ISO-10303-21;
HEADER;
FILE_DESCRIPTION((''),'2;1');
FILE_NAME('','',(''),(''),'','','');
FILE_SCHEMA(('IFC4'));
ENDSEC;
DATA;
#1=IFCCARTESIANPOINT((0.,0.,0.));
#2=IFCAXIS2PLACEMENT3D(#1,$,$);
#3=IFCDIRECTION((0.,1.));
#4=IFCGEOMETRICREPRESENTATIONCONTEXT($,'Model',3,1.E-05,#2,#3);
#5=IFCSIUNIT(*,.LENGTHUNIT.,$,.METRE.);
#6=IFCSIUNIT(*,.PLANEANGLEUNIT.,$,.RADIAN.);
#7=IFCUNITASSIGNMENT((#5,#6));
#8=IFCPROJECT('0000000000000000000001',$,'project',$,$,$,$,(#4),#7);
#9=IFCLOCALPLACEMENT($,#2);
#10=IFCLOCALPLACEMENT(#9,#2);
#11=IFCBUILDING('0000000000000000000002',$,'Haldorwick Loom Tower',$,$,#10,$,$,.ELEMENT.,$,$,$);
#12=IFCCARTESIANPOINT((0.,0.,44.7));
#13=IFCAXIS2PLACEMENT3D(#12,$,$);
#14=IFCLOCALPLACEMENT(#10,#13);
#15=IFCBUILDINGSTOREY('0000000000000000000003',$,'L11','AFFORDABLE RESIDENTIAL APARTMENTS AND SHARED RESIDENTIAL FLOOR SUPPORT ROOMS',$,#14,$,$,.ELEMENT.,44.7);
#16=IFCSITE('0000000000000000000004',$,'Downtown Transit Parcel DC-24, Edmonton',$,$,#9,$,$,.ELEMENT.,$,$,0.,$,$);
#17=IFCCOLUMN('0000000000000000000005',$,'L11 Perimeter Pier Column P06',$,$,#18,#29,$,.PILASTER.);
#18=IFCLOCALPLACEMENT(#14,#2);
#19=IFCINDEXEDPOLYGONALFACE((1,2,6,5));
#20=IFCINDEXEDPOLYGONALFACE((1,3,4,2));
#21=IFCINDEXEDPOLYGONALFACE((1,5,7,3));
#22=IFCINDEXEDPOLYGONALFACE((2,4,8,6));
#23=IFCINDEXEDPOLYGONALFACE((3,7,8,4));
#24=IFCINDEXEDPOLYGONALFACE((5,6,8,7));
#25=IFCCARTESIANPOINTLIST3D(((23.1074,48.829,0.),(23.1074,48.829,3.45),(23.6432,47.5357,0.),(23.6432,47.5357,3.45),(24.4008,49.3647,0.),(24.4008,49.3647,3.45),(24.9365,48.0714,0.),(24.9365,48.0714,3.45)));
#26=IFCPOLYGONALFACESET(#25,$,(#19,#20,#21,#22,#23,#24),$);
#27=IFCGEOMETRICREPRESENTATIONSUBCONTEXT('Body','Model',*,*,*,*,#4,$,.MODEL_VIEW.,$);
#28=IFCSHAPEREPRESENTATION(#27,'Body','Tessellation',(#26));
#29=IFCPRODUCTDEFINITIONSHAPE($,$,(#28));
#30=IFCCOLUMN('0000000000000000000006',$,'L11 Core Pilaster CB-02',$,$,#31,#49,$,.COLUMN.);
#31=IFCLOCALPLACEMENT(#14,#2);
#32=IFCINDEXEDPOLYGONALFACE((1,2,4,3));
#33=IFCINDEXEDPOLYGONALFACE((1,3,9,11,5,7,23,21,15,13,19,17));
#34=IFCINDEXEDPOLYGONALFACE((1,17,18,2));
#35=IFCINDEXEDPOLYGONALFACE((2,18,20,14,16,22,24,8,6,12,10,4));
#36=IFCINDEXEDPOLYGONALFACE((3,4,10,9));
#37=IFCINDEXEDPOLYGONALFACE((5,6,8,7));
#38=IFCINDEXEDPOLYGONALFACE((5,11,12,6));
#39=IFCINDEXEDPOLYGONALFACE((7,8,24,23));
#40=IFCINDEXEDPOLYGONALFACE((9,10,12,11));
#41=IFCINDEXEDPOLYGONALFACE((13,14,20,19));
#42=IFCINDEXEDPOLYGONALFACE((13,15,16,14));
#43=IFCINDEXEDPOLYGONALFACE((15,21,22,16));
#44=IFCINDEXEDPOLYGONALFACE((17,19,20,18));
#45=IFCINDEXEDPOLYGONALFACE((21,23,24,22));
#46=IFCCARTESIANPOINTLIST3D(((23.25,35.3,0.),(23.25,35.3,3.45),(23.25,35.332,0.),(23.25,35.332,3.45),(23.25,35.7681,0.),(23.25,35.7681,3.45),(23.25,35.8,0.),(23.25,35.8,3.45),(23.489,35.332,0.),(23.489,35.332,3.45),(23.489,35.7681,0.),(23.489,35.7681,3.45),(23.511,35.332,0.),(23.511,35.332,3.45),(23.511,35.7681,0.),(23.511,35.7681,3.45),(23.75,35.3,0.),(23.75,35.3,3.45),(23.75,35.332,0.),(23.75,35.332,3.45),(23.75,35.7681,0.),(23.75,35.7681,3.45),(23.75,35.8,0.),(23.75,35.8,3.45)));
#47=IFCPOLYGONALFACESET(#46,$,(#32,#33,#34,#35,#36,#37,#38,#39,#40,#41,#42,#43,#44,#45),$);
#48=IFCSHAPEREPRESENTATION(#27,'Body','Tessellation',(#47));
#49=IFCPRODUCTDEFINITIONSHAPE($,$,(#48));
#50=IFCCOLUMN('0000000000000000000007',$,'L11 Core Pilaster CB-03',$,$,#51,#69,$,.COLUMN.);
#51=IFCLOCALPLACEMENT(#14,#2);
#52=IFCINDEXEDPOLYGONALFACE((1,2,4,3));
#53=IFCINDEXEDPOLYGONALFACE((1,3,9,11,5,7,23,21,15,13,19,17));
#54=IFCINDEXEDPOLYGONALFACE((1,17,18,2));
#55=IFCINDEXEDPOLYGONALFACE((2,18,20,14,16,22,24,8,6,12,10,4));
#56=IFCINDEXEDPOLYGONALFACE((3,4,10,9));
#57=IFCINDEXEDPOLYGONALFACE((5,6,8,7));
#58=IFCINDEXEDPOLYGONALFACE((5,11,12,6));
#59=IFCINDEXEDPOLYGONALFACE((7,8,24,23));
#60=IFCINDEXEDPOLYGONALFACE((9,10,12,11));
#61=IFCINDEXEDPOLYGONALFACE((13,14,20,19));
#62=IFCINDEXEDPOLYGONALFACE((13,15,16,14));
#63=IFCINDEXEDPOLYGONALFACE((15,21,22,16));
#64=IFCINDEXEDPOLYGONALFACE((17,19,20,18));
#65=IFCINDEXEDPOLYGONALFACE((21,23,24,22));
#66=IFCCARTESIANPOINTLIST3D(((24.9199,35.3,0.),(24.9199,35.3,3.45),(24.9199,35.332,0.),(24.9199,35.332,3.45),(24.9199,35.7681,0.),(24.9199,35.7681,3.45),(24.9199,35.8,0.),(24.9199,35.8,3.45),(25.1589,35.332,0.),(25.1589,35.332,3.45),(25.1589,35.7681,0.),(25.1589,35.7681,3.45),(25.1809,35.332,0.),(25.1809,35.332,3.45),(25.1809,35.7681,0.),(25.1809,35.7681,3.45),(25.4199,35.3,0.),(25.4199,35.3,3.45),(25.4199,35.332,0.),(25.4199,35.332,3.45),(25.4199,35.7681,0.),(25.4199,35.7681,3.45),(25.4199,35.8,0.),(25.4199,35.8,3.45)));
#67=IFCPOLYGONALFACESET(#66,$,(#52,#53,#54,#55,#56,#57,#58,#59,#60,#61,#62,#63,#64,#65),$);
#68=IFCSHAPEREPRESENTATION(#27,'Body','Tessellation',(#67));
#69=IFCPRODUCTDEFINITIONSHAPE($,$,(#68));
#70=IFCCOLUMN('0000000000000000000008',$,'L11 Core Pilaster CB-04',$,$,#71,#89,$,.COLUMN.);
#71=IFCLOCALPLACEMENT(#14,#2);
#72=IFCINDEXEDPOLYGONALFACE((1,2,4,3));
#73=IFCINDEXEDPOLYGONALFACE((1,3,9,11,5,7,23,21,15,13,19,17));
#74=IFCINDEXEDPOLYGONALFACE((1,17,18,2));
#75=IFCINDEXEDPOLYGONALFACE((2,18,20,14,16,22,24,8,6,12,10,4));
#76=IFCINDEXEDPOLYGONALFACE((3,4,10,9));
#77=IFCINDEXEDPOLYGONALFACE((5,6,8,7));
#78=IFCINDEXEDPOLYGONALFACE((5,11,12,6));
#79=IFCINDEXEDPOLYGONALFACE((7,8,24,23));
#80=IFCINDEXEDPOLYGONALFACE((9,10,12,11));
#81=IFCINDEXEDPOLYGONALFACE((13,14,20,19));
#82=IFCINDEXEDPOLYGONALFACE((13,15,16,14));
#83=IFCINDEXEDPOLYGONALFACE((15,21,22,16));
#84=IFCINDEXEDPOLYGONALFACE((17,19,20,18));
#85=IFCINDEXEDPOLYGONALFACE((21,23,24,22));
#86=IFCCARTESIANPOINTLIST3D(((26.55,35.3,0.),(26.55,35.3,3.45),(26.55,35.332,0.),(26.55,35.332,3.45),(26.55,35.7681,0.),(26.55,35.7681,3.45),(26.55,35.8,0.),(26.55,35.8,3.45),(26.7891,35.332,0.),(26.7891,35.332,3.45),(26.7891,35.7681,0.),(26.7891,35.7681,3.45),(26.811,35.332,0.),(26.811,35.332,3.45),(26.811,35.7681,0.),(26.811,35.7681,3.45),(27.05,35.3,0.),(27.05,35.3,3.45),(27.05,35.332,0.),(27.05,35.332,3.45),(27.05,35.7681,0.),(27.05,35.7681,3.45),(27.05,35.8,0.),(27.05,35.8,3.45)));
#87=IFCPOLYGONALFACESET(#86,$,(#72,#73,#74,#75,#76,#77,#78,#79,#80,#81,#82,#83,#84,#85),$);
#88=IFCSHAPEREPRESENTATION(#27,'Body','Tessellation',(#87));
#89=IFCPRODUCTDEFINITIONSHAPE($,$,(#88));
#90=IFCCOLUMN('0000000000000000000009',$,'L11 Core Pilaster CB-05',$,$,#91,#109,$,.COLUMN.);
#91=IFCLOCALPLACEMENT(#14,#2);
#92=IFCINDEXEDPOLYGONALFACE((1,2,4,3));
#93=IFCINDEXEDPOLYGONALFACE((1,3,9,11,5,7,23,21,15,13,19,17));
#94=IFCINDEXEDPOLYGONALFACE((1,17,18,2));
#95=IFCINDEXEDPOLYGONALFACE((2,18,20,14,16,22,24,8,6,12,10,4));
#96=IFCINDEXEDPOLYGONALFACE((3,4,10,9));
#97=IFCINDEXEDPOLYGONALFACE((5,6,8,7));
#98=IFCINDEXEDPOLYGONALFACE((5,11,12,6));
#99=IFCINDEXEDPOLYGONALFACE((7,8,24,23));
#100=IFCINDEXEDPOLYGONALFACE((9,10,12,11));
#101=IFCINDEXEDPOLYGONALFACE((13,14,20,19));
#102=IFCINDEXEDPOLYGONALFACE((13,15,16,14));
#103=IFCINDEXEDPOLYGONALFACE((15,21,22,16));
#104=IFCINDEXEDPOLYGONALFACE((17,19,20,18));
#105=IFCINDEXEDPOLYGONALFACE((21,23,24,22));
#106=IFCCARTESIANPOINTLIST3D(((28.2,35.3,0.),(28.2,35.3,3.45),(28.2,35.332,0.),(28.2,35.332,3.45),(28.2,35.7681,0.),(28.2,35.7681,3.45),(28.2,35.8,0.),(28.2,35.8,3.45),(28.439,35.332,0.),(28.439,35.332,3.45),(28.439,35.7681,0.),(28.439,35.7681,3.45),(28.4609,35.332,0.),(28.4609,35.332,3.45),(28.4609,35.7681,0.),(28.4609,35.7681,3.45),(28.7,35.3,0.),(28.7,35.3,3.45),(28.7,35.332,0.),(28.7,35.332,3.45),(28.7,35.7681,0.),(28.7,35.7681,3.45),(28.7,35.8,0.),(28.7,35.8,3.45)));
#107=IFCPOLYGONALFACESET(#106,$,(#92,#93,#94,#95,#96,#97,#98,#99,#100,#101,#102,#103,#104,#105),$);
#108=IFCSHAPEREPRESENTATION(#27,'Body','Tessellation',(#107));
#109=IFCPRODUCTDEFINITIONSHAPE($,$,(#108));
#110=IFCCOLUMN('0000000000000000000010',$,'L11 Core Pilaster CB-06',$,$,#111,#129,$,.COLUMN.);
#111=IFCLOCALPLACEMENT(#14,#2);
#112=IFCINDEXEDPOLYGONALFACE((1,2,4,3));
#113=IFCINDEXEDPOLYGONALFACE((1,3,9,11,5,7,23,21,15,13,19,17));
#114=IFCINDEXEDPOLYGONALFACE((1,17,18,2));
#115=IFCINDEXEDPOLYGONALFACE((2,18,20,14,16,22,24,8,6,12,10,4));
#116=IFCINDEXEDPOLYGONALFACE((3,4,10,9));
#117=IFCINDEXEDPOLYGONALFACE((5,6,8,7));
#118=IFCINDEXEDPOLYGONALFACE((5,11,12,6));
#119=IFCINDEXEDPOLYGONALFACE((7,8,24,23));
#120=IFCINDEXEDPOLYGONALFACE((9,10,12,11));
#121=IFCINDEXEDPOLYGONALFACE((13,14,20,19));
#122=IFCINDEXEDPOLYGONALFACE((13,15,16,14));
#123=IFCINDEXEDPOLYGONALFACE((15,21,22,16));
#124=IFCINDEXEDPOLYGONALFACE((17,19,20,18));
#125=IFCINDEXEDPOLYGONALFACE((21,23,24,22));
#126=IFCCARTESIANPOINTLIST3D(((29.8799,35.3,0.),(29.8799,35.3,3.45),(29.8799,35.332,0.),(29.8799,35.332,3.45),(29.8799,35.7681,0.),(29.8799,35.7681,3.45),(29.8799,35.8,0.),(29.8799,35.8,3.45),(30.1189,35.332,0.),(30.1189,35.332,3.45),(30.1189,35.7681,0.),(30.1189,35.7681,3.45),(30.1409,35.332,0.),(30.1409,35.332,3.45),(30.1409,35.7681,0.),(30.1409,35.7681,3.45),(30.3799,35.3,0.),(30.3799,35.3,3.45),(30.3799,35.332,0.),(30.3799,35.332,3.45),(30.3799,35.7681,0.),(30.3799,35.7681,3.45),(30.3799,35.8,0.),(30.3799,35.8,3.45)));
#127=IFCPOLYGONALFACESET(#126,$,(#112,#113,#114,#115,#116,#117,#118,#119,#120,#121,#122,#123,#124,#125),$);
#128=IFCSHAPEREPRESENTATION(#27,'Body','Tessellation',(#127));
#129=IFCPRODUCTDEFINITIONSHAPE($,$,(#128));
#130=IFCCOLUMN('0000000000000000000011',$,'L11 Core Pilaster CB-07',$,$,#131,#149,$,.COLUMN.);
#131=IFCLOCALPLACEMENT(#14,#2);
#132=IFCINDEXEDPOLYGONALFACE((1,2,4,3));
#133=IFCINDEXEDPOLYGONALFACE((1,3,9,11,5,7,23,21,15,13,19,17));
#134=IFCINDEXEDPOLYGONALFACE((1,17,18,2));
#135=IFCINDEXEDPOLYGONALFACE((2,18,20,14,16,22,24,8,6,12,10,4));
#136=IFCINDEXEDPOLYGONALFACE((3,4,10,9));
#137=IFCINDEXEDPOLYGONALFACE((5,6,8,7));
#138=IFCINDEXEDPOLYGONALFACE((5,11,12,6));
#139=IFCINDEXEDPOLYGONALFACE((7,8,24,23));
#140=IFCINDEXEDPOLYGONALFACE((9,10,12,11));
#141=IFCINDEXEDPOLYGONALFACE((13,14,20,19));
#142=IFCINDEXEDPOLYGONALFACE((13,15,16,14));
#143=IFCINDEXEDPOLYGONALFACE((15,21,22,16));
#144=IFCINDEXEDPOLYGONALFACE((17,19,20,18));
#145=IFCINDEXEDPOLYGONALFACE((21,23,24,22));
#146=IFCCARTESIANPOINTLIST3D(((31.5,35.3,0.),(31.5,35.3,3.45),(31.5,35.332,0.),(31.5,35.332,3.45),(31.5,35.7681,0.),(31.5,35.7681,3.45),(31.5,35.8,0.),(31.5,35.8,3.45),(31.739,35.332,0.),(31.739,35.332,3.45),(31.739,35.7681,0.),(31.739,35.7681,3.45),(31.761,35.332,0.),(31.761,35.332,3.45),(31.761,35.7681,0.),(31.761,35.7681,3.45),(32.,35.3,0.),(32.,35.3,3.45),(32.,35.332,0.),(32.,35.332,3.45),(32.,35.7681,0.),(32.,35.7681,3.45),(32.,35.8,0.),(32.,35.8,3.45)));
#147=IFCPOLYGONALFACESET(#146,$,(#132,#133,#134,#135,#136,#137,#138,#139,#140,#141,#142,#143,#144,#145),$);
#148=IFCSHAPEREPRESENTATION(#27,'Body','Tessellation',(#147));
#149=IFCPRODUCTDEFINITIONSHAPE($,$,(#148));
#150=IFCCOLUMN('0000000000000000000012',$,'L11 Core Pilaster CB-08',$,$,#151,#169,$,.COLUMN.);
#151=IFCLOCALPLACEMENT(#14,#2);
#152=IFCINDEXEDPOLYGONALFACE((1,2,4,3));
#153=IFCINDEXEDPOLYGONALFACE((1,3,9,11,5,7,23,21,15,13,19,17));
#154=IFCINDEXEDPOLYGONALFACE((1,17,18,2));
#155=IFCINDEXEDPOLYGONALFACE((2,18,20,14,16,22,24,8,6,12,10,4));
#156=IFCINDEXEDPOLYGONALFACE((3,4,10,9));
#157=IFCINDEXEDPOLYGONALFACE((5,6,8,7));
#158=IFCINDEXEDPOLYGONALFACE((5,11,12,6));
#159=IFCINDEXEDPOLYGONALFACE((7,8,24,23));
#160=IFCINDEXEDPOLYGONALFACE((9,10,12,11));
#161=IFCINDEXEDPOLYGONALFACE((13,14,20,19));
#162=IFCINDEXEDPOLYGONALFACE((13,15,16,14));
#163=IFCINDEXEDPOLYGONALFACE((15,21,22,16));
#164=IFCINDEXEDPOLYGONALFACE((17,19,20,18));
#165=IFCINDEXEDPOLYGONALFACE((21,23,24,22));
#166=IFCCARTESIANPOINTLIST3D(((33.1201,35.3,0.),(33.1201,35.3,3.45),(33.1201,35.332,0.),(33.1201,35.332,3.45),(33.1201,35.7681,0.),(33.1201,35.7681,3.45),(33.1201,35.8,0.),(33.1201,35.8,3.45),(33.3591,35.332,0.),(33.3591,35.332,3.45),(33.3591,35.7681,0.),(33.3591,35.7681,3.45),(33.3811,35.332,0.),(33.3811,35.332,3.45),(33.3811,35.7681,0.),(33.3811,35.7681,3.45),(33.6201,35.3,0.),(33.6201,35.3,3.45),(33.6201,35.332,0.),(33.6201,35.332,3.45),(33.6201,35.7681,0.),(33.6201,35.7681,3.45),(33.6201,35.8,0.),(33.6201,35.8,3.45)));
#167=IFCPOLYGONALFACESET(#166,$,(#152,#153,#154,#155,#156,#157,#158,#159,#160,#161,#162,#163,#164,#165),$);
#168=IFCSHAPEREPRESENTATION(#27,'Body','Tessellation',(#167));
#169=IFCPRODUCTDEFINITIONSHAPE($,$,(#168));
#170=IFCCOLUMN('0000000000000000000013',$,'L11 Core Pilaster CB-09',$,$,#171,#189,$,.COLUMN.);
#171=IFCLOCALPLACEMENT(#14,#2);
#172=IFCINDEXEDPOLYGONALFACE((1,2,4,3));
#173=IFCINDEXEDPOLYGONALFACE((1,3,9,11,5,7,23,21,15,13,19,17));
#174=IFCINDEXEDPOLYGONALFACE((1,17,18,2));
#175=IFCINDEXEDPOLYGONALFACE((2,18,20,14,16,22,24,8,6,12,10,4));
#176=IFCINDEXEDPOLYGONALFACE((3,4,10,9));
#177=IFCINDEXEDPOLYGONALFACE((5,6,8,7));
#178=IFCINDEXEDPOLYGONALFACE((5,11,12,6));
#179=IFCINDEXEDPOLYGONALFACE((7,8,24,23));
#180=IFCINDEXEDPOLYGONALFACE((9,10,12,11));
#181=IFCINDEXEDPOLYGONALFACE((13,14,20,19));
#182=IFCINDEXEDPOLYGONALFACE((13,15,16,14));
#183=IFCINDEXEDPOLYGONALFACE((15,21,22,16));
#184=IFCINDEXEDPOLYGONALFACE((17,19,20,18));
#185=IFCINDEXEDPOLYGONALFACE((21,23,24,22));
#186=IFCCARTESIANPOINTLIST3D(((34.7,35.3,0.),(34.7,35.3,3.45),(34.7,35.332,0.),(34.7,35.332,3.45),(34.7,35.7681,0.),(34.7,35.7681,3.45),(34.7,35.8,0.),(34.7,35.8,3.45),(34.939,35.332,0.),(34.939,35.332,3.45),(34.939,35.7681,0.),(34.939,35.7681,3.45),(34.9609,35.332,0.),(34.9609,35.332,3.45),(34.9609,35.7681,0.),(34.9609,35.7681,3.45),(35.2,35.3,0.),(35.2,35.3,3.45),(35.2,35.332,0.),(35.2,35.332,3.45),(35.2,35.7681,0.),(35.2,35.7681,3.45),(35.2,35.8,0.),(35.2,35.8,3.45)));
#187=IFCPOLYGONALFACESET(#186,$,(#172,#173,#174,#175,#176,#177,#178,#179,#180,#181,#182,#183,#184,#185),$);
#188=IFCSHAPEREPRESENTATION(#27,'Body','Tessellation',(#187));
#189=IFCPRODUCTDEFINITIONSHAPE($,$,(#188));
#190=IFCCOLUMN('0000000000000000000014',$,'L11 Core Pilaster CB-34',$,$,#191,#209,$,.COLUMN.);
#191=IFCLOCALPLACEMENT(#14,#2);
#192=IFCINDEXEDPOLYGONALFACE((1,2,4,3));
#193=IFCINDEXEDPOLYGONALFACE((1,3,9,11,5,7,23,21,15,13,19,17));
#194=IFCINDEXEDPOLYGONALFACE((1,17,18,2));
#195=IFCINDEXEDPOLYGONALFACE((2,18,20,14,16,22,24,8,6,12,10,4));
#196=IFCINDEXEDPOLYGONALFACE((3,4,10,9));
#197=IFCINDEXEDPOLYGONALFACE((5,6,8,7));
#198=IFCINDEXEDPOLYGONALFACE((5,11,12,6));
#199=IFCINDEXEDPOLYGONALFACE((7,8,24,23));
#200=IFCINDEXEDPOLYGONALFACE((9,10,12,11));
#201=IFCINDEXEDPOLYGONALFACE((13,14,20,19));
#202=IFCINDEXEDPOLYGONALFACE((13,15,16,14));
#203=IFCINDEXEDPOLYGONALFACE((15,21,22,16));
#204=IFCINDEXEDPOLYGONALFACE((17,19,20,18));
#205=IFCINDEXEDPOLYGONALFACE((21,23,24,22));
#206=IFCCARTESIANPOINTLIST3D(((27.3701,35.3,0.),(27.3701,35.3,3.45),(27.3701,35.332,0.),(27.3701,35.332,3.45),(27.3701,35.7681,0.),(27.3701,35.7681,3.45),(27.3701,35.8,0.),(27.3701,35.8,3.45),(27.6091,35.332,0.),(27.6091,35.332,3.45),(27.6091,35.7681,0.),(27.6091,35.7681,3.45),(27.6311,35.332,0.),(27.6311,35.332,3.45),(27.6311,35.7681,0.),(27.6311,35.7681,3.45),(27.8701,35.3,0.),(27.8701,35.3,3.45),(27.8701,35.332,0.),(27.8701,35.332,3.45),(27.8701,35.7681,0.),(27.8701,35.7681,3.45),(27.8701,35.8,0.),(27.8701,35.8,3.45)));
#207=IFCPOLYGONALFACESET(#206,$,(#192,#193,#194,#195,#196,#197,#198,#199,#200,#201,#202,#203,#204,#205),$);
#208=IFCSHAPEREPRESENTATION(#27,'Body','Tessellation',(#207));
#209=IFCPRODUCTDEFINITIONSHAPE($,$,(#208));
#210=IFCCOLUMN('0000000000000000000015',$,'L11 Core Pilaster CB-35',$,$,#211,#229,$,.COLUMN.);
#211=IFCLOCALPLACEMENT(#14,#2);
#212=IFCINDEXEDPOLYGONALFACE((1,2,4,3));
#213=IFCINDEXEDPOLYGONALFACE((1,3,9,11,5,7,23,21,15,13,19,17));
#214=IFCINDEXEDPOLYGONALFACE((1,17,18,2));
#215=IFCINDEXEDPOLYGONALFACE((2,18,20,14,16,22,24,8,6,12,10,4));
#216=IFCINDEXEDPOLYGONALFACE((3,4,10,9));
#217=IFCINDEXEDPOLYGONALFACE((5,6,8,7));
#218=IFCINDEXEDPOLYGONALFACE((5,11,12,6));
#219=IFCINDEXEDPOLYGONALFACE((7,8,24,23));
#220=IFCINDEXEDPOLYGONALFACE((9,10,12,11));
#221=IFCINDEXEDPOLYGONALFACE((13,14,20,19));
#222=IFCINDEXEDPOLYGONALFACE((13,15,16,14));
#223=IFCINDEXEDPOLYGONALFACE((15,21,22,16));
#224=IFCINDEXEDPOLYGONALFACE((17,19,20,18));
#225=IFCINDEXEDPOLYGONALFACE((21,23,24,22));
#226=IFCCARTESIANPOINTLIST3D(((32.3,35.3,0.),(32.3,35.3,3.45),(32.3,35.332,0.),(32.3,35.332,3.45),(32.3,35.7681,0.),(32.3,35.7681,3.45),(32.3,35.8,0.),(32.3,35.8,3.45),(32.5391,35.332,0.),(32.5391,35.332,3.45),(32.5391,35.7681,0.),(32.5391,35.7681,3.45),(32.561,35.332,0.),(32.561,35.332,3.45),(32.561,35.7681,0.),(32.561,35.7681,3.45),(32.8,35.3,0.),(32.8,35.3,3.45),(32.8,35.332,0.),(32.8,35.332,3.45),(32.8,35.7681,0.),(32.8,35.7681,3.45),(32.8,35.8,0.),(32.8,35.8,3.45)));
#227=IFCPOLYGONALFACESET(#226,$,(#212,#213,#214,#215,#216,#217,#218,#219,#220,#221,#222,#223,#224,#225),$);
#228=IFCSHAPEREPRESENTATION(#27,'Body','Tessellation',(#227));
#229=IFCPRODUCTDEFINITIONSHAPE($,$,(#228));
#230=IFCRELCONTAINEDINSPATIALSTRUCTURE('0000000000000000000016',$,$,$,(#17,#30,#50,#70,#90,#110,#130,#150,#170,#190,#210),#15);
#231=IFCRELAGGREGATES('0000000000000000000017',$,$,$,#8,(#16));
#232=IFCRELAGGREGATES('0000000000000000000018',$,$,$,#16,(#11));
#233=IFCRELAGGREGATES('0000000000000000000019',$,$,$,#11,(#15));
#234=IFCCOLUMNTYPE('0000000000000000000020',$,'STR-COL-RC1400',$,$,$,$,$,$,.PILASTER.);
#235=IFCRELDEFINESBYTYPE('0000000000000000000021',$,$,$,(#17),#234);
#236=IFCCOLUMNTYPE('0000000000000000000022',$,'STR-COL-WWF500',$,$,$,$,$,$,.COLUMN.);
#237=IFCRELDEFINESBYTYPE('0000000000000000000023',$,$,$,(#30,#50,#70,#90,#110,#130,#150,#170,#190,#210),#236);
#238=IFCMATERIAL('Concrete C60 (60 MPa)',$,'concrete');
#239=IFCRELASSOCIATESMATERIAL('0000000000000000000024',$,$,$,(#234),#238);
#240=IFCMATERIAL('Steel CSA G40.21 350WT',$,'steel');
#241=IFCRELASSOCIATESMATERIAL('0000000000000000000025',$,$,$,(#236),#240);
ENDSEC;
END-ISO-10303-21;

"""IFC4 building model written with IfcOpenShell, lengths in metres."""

from ifc_helpers import new_model, si_unit, direction, frame, origin, origin_2d, place, context, subcontext, project, spatial, rectangle, i_section, extrude, material, material_profile, profile_set, type_object, element, save


model = new_model("IFC4")

# Units and contexts
model_context = context("Model", 3, precision=1e-05, world=origin(), true_north=direction((0.0, 1.0)))
body_context = subcontext(model_context, "Body", "Model", "MODEL_VIEW")
ifc_project = project(units=[si_unit("LENGTHUNIT", "METRE"), si_unit("PLANEANGLEUNIT", "RADIAN")], contexts=[model_context])

# Site, building, storey
site_placement = place(None, origin())
site = spatial("IfcSite", under=ifc_project, at=site_placement, Name="Downtown Transit Parcel DC-24, Edmonton", CompositionType="ELEMENT", RefElevation=0.0)
building_placement = place(site_placement, origin())
building = spatial("IfcBuilding", under=site, at=building_placement, Name="Haldorwick Loom Tower", CompositionType="ELEMENT")
storey_placement = place(building_placement, frame((0.0, 0.0, 44.7)))
storey = spatial("IfcBuildingStorey", under=building, at=storey_placement, Name="L11", Description="AFFORDABLE RESIDENTIAL APARTMENTS AND SHARED RESIDENTIAL FLOOR SUPPORT ROOMS", CompositionType="ELEMENT", Elevation=44.7)

# Columns
ifc_material_1 = material(Name="Concrete C60 (60 MPa)", Category="concrete")
ifc_material_profile_1 = material_profile(ifc_material_1, rectangle(XDim=1.3999, YDim=1.3999, at=origin_2d()), Name="RC1400X1400", Category="concrete")
ifc_profile_set_1 = profile_set([ifc_material_profile_1], Name="Concrete C60 (60 MPa)")
column_type_1 = type_object("IfcColumnType", Name="STR-COL-RC1400", PredefinedType="PILASTER", material=ifc_profile_set_1)
column_placement = place(storey_placement, frame((24.022, 48.4502, 0.0), z_axis=(0.0, 0.0, 1.0), x_axis=(-0.382683, 0.92388, 0.0)))
element("IfcColumn", 1, at=column_placement, inside=storey, type_object=column_type_1, Name="L11 Perimeter Pier Column P06", PredefinedType="PILASTER", context=body_context, shape_type="SweptSolid", body=[
    extrude(rectangle(XDim=1.3999, YDim=1.3999, at=origin_2d()), origin(), (0.0, 0.0, 1.0), 3.45),
])
ifc_material_2 = material(Name="Steel CSA G40.21 350WT", Category="steel")
ifc_material_profile_2 = material_profile(ifc_material_2, i_section(OverallWidth=0.5, OverallDepth=0.5, WebThickness=0.022, FlangeThickness=0.032, at=origin_2d()), Name="WWF500X500", Category="steel")
ifc_profile_set_2 = profile_set([ifc_material_profile_2], Name="Steel CSA G40.21 350WT")
column_type_2 = type_object("IfcColumnType", Name="STR-COL-WWF500", PredefinedType="COLUMN", material=ifc_profile_set_2)
for number, where, z_axis, x_axis, name in (
    (2, (23.5, 35.55, 0.0), (0.0, 0.0, 1.0), (1.0, 0.0, 0.0), "L11 Core Pilaster CB-02"),
    (3, (25.1699, 35.55, 0.0), (0.0, 0.0, 1.0), (1.0, 0.0, 0.0), "L11 Core Pilaster CB-03"),
    (4, (26.8, 35.55, 0.0), (0.0, 0.0, 1.0), (1.0, 0.0, 0.0), "L11 Core Pilaster CB-04"),
    (5, (28.45, 35.55, 0.0), (0.0, 0.0, 1.0), (1.0, 0.0, 0.0), "L11 Core Pilaster CB-05"),
    (6, (30.1299, 35.55, 0.0), (0.0, 0.0, 1.0), (1.0, 0.0, 0.0), "L11 Core Pilaster CB-06"),
    (7, (31.75, 35.55, 0.0), (0.0, 0.0, 1.0), (1.0, 0.0, 0.0), "L11 Core Pilaster CB-07"),
    (8, (33.3701, 35.55, 0.0), (0.0, 0.0, 1.0), (1.0, 0.0, 0.0), "L11 Core Pilaster CB-08"),
    (9, (34.95, 35.55, 0.0), (0.0, 0.0, 1.0), (1.0, 0.0, 0.0), "L11 Core Pilaster CB-09"),
    (10, (27.6201, 35.55, 0.0), (0.0, 0.0, 1.0), (1.0, 0.0, 0.0), "L11 Core Pilaster CB-34"),
    (11, (32.55, 35.55, 0.0), (0.0, 0.0, 1.0), (1.0, 0.0, 0.0), "L11 Core Pilaster CB-35"),
):
    element("IfcColumn", number, at=place(storey_placement, frame(where, z_axis=z_axis, x_axis=x_axis)), inside=storey, type_object=column_type_2, Name=name, PredefinedType="COLUMN", context=body_context, shape_type="SweptSolid", body=[
        extrude(i_section(OverallWidth=0.5, OverallDepth=0.5, WebThickness=0.022, FlangeThickness=0.032, at=origin_2d()), origin(), (0.0, 0.0, 1.0), 3.45),
    ])

save(model, "model.ifc")
